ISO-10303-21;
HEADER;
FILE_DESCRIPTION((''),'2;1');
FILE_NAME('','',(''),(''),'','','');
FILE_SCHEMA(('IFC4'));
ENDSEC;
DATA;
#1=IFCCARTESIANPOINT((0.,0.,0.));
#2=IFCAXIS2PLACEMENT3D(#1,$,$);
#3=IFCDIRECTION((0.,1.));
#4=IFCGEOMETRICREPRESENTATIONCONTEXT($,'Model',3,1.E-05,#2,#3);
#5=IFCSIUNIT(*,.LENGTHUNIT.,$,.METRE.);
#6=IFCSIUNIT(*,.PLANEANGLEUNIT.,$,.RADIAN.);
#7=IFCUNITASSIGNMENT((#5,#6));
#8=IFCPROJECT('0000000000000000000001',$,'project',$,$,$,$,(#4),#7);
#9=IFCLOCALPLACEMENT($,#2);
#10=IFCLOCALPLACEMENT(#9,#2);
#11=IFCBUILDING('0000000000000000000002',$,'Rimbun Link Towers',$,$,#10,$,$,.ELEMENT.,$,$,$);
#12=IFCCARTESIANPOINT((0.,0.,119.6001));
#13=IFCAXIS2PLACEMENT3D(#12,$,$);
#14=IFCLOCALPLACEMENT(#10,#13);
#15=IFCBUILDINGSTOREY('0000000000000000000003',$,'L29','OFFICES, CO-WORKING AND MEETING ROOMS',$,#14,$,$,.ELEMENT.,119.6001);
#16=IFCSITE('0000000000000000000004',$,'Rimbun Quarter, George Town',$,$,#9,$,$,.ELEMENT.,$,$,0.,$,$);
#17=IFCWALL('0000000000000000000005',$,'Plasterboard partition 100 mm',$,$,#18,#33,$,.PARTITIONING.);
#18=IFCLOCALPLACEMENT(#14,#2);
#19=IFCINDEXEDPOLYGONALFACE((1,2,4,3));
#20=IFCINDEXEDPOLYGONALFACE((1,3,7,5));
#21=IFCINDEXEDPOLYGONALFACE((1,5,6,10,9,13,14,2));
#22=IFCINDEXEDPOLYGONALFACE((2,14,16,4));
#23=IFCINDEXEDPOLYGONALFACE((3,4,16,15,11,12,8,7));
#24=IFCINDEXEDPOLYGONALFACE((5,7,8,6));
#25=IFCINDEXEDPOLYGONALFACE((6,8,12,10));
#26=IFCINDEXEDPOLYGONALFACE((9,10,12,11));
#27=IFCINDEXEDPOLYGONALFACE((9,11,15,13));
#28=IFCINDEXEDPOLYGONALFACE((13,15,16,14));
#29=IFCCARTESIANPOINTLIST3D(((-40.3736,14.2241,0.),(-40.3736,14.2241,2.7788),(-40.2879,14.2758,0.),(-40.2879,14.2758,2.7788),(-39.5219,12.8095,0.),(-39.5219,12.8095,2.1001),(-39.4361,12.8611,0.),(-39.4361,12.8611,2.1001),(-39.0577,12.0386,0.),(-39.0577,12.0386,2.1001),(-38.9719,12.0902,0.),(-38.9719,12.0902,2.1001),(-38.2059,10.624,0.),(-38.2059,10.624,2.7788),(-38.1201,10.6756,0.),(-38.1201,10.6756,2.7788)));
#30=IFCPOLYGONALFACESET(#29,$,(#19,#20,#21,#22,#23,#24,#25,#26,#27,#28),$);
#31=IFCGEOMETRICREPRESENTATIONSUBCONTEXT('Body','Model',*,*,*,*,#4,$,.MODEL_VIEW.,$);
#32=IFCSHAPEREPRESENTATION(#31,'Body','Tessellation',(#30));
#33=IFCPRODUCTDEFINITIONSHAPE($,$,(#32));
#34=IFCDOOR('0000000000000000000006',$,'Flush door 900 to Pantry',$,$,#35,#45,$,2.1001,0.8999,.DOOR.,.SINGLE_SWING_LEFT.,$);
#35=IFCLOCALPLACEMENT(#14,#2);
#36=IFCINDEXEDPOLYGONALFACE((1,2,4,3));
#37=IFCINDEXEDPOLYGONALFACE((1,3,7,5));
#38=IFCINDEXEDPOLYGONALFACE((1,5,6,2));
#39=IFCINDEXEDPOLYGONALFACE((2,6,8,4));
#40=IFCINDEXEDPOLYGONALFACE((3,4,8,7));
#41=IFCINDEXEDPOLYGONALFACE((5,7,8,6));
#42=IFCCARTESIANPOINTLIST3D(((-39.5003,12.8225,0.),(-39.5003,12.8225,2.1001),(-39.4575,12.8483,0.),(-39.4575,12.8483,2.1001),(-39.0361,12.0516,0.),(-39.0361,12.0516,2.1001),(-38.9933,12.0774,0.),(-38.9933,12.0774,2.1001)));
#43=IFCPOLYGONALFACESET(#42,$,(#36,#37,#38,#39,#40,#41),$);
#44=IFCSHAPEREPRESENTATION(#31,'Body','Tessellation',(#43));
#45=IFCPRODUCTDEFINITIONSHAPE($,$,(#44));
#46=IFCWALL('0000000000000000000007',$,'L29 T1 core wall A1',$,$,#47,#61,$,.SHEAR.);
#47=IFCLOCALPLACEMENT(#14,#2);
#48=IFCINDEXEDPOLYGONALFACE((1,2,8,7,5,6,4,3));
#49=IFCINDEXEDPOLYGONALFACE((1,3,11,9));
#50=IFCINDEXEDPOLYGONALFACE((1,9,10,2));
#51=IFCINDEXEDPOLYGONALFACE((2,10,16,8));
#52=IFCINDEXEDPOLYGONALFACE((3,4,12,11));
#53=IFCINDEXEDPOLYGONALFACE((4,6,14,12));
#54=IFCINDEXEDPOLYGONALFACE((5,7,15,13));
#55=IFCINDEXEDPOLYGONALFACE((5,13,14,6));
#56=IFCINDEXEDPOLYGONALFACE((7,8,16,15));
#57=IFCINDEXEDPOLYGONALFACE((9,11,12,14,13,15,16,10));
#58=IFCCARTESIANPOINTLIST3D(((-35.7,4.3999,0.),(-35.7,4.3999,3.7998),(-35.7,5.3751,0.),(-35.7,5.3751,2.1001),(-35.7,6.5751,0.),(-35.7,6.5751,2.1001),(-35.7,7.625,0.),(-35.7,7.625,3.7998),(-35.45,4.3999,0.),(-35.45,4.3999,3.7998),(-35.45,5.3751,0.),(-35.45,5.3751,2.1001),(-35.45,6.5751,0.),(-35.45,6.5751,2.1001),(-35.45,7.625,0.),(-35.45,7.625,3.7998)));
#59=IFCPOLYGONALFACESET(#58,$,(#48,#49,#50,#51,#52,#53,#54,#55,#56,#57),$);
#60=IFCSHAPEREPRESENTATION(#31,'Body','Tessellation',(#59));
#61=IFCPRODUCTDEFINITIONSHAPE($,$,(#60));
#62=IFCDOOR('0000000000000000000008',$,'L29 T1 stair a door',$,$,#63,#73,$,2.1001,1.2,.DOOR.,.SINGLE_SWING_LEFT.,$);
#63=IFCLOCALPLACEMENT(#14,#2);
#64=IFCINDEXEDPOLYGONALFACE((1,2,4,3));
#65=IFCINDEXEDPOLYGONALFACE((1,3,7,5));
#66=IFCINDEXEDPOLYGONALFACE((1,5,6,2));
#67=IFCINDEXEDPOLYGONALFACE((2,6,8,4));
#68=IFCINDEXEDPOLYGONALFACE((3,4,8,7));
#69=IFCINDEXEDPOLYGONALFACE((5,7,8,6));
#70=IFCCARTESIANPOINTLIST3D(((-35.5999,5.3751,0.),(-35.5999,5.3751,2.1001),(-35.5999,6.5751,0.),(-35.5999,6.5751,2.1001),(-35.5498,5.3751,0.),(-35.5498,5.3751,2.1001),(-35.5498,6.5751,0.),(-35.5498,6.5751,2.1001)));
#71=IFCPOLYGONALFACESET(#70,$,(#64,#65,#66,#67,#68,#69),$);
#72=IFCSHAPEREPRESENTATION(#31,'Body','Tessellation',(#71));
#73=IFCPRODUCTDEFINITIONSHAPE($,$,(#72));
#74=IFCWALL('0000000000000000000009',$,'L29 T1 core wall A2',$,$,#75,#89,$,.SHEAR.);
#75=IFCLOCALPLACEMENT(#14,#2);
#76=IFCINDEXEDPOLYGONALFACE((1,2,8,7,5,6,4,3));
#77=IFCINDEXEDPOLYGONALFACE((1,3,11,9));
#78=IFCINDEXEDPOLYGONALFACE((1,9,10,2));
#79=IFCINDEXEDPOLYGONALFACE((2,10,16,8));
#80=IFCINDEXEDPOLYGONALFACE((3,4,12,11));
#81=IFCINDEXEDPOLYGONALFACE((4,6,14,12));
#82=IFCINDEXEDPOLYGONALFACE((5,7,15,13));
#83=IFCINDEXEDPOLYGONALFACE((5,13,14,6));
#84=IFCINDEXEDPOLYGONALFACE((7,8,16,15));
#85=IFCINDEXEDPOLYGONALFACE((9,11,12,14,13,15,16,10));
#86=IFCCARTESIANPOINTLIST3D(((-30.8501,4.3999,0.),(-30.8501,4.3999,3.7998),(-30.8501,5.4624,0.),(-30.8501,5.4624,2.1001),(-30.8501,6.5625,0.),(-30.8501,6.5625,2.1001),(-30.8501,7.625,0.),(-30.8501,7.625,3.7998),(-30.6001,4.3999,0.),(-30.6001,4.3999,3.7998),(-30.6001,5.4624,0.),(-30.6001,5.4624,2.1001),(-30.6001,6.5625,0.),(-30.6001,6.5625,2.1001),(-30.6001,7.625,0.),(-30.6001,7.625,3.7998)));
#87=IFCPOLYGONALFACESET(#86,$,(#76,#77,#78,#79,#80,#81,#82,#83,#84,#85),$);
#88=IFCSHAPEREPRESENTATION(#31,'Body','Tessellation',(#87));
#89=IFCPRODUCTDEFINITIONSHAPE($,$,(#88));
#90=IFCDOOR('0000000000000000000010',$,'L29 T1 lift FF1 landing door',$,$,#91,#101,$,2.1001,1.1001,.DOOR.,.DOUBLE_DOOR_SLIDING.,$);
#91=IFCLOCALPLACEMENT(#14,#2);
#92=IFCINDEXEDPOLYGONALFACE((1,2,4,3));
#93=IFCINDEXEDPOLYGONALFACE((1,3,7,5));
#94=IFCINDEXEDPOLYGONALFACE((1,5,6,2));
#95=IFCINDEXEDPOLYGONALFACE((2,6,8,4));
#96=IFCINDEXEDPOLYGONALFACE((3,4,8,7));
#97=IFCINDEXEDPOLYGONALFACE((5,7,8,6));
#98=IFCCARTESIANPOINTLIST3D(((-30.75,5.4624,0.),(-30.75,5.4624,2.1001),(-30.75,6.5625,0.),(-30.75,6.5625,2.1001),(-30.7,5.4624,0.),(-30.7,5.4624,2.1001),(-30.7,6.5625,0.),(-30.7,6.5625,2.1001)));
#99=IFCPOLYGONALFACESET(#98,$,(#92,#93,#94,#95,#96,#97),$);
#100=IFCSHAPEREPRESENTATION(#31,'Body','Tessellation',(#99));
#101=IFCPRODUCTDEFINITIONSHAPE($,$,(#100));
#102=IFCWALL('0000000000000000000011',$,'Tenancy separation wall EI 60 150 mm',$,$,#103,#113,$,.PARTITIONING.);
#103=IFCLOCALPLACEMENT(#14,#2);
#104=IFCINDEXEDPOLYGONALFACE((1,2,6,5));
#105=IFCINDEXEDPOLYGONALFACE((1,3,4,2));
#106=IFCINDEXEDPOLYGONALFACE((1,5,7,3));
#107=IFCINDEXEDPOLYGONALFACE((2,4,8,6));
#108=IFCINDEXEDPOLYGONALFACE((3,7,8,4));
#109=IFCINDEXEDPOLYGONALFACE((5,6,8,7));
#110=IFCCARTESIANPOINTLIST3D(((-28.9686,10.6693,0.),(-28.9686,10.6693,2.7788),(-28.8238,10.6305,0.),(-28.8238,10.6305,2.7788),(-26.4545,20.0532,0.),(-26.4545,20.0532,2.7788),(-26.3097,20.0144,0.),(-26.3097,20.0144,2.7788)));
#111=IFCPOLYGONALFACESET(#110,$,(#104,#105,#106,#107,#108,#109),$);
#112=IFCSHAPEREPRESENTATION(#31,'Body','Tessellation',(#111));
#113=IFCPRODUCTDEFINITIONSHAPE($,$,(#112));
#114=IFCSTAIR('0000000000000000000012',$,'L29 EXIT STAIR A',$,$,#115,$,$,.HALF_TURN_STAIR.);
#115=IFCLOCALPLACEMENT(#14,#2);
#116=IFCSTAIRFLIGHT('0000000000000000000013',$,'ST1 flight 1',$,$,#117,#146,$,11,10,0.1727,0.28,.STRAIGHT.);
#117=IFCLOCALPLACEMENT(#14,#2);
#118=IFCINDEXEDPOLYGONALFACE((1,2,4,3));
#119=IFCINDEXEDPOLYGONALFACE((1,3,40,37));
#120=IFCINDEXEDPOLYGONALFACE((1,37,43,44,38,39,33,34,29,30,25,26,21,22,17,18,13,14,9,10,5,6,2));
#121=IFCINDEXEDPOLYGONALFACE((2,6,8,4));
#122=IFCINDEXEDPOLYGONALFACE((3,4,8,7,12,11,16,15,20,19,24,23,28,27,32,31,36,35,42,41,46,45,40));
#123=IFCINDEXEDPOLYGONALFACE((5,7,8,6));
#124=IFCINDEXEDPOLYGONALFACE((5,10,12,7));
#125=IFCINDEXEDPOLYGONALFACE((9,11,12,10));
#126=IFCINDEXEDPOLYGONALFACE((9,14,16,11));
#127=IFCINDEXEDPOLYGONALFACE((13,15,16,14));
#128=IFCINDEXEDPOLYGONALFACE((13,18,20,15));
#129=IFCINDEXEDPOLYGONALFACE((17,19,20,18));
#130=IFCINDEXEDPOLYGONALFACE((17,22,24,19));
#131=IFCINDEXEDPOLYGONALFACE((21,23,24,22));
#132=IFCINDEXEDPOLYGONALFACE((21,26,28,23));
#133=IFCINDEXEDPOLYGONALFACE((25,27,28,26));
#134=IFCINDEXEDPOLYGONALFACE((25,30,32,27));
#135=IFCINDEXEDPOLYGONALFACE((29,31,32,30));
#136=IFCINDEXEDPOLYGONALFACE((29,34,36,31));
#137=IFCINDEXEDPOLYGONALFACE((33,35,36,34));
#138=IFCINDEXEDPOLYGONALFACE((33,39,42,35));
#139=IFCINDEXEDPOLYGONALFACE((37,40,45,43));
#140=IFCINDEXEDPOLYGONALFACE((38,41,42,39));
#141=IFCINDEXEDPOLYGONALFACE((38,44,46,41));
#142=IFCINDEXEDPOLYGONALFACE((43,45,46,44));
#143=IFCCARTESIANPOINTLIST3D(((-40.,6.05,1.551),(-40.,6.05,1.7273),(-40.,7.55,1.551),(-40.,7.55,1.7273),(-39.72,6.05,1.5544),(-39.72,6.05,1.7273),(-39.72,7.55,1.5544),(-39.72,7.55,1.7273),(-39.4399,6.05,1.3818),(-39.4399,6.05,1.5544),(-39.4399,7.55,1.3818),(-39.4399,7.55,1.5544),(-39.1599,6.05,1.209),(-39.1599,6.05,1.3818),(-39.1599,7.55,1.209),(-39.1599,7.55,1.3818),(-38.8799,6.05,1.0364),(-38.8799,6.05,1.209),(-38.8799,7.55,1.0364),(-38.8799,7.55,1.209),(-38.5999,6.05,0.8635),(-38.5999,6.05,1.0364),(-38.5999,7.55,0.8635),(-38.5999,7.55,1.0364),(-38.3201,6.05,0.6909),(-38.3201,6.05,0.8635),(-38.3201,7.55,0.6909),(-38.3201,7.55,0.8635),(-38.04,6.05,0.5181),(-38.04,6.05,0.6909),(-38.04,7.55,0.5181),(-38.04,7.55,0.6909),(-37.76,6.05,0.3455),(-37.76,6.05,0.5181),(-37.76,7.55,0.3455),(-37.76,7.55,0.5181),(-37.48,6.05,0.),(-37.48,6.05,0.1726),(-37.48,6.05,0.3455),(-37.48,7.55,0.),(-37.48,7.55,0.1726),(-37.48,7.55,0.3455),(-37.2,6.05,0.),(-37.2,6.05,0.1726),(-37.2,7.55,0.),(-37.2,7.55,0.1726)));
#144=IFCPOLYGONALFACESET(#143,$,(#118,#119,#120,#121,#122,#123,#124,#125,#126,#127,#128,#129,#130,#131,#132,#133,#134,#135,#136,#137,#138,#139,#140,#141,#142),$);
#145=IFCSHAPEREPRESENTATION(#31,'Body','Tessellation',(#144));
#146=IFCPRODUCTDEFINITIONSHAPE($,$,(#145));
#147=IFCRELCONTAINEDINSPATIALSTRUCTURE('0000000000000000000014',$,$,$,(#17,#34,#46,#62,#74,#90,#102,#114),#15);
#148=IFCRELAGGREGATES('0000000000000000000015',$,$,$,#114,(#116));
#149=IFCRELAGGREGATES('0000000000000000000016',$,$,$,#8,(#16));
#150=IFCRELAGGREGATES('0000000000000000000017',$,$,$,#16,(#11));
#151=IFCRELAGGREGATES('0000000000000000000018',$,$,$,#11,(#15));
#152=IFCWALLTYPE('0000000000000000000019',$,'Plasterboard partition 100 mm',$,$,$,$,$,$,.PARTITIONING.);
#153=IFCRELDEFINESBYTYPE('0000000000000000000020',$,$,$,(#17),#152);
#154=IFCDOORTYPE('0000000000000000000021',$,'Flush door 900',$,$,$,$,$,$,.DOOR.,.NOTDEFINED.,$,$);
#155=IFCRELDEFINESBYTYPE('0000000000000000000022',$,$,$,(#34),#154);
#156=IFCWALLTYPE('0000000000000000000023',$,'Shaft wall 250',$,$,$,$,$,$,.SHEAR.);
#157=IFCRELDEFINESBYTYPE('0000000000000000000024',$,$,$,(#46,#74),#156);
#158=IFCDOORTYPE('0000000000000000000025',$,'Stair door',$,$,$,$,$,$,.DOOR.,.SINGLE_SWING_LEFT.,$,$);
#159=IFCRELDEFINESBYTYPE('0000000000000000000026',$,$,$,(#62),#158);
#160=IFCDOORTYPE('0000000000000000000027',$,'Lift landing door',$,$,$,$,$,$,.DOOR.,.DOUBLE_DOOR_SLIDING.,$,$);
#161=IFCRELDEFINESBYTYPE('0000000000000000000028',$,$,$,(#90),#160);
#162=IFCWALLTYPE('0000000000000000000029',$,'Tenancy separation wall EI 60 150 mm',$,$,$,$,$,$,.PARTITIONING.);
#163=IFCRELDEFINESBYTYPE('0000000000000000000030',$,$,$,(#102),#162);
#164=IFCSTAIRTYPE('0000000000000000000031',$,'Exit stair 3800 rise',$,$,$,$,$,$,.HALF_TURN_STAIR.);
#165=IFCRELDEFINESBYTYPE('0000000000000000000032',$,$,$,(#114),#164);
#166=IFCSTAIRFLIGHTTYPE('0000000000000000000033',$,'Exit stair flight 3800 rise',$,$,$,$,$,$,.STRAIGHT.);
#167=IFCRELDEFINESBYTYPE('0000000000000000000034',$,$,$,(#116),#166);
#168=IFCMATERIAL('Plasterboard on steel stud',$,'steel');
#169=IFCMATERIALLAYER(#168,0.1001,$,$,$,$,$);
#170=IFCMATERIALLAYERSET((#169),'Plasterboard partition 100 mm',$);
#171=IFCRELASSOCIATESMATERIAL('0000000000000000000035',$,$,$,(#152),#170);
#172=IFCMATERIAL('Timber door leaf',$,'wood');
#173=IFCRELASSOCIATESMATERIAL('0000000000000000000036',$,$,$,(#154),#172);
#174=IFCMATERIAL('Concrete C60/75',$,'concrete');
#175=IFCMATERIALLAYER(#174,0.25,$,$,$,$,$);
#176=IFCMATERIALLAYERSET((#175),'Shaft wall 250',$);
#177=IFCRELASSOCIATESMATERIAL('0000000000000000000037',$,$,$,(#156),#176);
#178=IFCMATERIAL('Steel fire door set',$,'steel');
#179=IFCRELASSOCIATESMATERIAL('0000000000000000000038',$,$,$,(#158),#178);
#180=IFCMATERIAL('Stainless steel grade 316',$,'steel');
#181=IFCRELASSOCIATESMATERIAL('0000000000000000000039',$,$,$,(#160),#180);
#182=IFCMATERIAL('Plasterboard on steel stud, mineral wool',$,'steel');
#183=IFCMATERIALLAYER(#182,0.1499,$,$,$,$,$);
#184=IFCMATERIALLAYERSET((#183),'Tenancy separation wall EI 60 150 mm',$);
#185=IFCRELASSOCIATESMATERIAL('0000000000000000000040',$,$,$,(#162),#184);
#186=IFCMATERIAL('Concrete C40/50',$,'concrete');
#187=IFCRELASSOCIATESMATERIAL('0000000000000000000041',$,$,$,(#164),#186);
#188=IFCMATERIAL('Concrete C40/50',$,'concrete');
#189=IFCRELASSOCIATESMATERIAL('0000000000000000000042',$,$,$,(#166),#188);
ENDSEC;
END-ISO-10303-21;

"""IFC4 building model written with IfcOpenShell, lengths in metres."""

from ifc_helpers import new_model, si_unit, direction, frame, frame_2d, origin, place, context, subcontext, project, spatial, polyline, rectangle, outline, extrude, material, layer, layer_set, type_object, element, fill, aggregate, save


model = new_model("IFC4")

# Units and contexts
model_context = context("Model", 3, precision=1e-05, world=origin(), true_north=direction((0.0, 1.0)))
body_context = subcontext(model_context, "Body", "Model", "MODEL_VIEW")
ifc_project = project(units=[si_unit("LENGTHUNIT", "METRE"), si_unit("PLANEANGLEUNIT", "RADIAN")], contexts=[model_context])

# Site, building, storey
site_placement = place(None, origin())
site = spatial("IfcSite", under=ifc_project, at=site_placement, Name="Rimbun Quarter, George Town", CompositionType="ELEMENT", RefElevation=0.0)
building_placement = place(site_placement, origin())
building = spatial("IfcBuilding", under=site, at=building_placement, Name="Rimbun Link Towers", CompositionType="ELEMENT")
storey_placement = place(building_placement, frame((0.0, 0.0, 119.6001)))
storey = spatial("IfcBuildingStorey", under=building, at=storey_placement, Name="L29", Description="OFFICES, CO-WORKING AND MEETING ROOMS", CompositionType="ELEMENT", Elevation=119.6001)

# Walls, openings, doors
ifc_material_1 = material(Name="Plasterboard on steel stud", Category="steel")
ifc_layer_1 = layer(ifc_material_1, 0.1001)
ifc_layer_set_1 = layer_set([ifc_layer_1], Name="Plasterboard partition 100 mm")
wall_type_1 = type_object("IfcWallType", Name="Plasterboard partition 100 mm", PredefinedType="PARTITIONING", material=ifc_layer_set_1)
ifc_material_2 = material(Name="Timber door leaf", Category="wood")
door_type_1 = type_object("IfcDoorType", Name="Flush door 900", OperationType="NOTDEFINED", PredefinedType="DOOR", material=ifc_material_2)
wall_1_placement = place(storey_placement, frame((-38.1631, 10.6499, 0.0), z_axis=(0.0, 0.0, 1.0), x_axis=(-0.515836, 0.856687, 0.0)))
wall_1 = element("IfcWall", 1, at=wall_1_placement, inside=storey, type_object=wall_type_1, Name="Plasterboard partition 100 mm", PredefinedType="PARTITIONING", context=body_context, shape_type="SweptSolid", body=[
    extrude(rectangle(XDim=4.2024, YDim=0.1001, at=frame_2d((2.1011, 0.0))), origin(), (0.0, 0.0, 1.0), 2.7788),
])
opening_1_placement = place(wall_1_placement, frame((1.6511, 0.0, 0.0)))
opening_1 = element("IfcOpeningElement", 2, at=opening_1_placement, cuts=wall_1, PredefinedType="OPENING", context=body_context, shape_type="SweptSolid", body=[
    extrude(rectangle(XDim=0.8999, YDim=2.1001, at=frame_2d((0.45, 1.05))), frame((0.0, 0.0601, 0.0), z_axis=(0.0, -1.0, 0.0), x_axis=(1.0, 0.0, 0.0)), (0.0, 0.0, 1.0), 0.1201),
])
door_1_placement = place(opening_1_placement, origin())
door_1 = element("IfcDoor", 3, at=door_1_placement, inside=storey, type_object=door_type_1, Name="Flush door 900 to Pantry", OperationType="SINGLE_SWING_LEFT", OverallHeight=2.1001, OverallWidth=0.8999, PredefinedType="DOOR", context=body_context, shape_type="SweptSolid", body=[
    extrude(rectangle(XDim=0.8999, YDim=2.1001, at=frame_2d((0.45, 1.05))), frame((0.0, 0.0249, 0.0), z_axis=(0.0, -1.0, 0.0), x_axis=(1.0, 0.0, 0.0)), (0.0, 0.0, 1.0), 0.05),
])
fill(opening_1, door_1)
ifc_material_3 = material(Name="Concrete C60/75", Category="concrete")
ifc_layer_2 = layer(ifc_material_3, 0.25)
ifc_layer_set_2 = layer_set([ifc_layer_2], Name="Shaft wall 250")
wall_type_2 = type_object("IfcWallType", Name="Shaft wall 250", PredefinedType="SHEAR", material=ifc_layer_set_2)
wall_2_placement = place(storey_placement, frame((-35.575, 4.3999, 0.0), z_axis=(0.0, 0.0, 1.0), x_axis=(0.0, 1.0, 0.0)))
wall_2 = element("IfcWall", 4, at=wall_2_placement, inside=storey, type_object=wall_type_2, Name="L29 T1 core wall A1", PredefinedType="SHEAR", context=body_context, shape_type="SweptSolid", body=[
    extrude(rectangle(XDim=3.2251, YDim=0.25, at=frame_2d((1.6125, 0.0))), origin(), (0.0, 0.0, 1.0), 3.7998),
])
opening_2_placement = place(wall_2_placement, frame((0.9751, 0.0, 0.0)))
opening_2 = element("IfcOpeningElement", 5, at=opening_2_placement, cuts=wall_2, PredefinedType="OPENING", context=body_context, shape_type="SweptSolid", body=[
    extrude(rectangle(XDim=1.2, YDim=2.1001, at=frame_2d((0.6001, 1.05))), frame((0.0, 0.135, 0.0), z_axis=(0.0, -1.0, 0.0), x_axis=(1.0, 0.0, 0.0)), (0.0, 0.0, 1.0), 0.27),
])
ifc_material_4 = material(Name="Steel fire door set", Category="steel")
door_type_2 = type_object("IfcDoorType", Name="Stair door", OperationType="SINGLE_SWING_LEFT", PredefinedType="DOOR", material=ifc_material_4)
door_2_placement = place(opening_2_placement, origin())
door_2 = element("IfcDoor", 6, at=door_2_placement, inside=storey, type_object=door_type_2, Name="L29 T1 stair a door", OperationType="SINGLE_SWING_LEFT", OverallHeight=2.1001, OverallWidth=1.2, PredefinedType="DOOR", context=body_context, shape_type="SweptSolid", body=[
    extrude(rectangle(XDim=1.2, YDim=2.1001, at=frame_2d((0.6001, 1.05))), frame((0.0, 0.0249, 0.0), z_axis=(0.0, -1.0, 0.0), x_axis=(1.0, 0.0, 0.0)), (0.0, 0.0, 1.0), 0.05),
])
fill(opening_2, door_2)
wall_3_placement = place(storey_placement, frame((-30.7251, 4.3999, 0.0), z_axis=(0.0, 0.0, 1.0), x_axis=(0.0, 1.0, 0.0)))
wall_3 = element("IfcWall", 7, at=wall_3_placement, inside=storey, type_object=wall_type_2, Name="L29 T1 core wall A2", PredefinedType="SHEAR", context=body_context, shape_type="SweptSolid", body=[
    extrude(rectangle(XDim=3.2251, YDim=0.25, at=frame_2d((1.6125, 0.0))), origin(), (0.0, 0.0, 1.0), 3.7998),
])
opening_3_placement = place(wall_3_placement, frame((1.0625, 0.0, 0.0)))
opening_3 = element("IfcOpeningElement", 8, at=opening_3_placement, cuts=wall_3, PredefinedType="OPENING", context=body_context, shape_type="SweptSolid", body=[
    extrude(rectangle(XDim=1.1001, YDim=2.1001, at=frame_2d((0.55, 1.05))), frame((0.0, 0.135, 0.0), z_axis=(0.0, -1.0, 0.0), x_axis=(1.0, 0.0, 0.0)), (0.0, 0.0, 1.0), 0.27),
])
ifc_material_5 = material(Name="Stainless steel grade 316", Category="steel")
door_type_3 = type_object("IfcDoorType", Name="Lift landing door", OperationType="DOUBLE_DOOR_SLIDING", PredefinedType="DOOR", material=ifc_material_5)
door_3_placement = place(opening_3_placement, origin())
door_3 = element("IfcDoor", 9, at=door_3_placement, inside=storey, type_object=door_type_3, Name="L29 T1 lift FF1 landing door", OperationType="DOUBLE_DOOR_SLIDING", OverallHeight=2.1001, OverallWidth=1.1001, PredefinedType="DOOR", context=body_context, shape_type="SweptSolid", body=[
    extrude(rectangle(XDim=1.1001, YDim=2.1001, at=frame_2d((0.55, 1.05))), frame((0.0, 0.0249, 0.0), z_axis=(0.0, -1.0, 0.0), x_axis=(1.0, 0.0, 0.0)), (0.0, 0.0, 1.0), 0.05),
])
fill(opening_3, door_3)

# Wall
ifc_material_6 = material(Name="Plasterboard on steel stud, mineral wool", Category="steel")
ifc_layer_3 = layer(ifc_material_6, 0.1499)
ifc_layer_set_3 = layer_set([ifc_layer_3], Name="Tenancy separation wall EI 60 150 mm")
wall_type_3 = type_object("IfcWallType", Name="Tenancy separation wall EI 60 150 mm", PredefinedType="PARTITIONING", material=ifc_layer_set_3)
wall_4_placement = place(storey_placement, frame((-28.8962, 10.6499, 0.0), z_axis=(0.0, 0.0, 1.0), x_axis=(0.258798, 0.965931, 0.0)))
element("IfcWall", 10, at=wall_4_placement, inside=storey, type_object=wall_type_3, Name="Tenancy separation wall EI 60 150 mm", PredefinedType="PARTITIONING", context=body_context, shape_type="SweptSolid", body=[
    extrude(rectangle(XDim=9.7148, YDim=0.1499, at=frame_2d((4.8574, 0.0))), origin(), (0.0, 0.0, 1.0), 2.7788),
])

# Stair, stair flight
ifc_material_7 = material(Name="Concrete C40/50", Category="concrete")
stair_type = type_object("IfcStairType", Name="Exit stair 3800 rise", PredefinedType="HALF_TURN_STAIR", material=ifc_material_7)
stair_placement = place(storey_placement, origin())
stair = element("IfcStair", 11, at=stair_placement, inside=storey, type_object=stair_type, Name="L29 EXIT STAIR A", PredefinedType="HALF_TURN_STAIR")
ifc_material_8 = material(Name="Concrete C40/50", Category="concrete")
stair_flight_type = type_object("IfcStairFlightType", Name="Exit stair flight 3800 rise", PredefinedType="STRAIGHT", material=ifc_material_8)
stair_flight_placement = place(storey_placement, frame((-37.2, 6.8, 0.0), z_axis=(0.0, 0.0, 1.0), x_axis=(-1.0, 0.0, 0.0)))
stair_flight = element("IfcStairFlight", 12, at=stair_flight_placement, type_object=stair_flight_type, Name="ST1 flight 1", NumberOfRisers=11, NumberOfTreads=10, PredefinedType="STRAIGHT", RiserHeight=0.1727, TreadLength=0.28, context=body_context, shape_type="SweptSolid", body=[
    extrude(outline(polyline([(0.0, 0.0), (0.0, 0.1726), (0.28, 0.1726), (0.28, 0.3455), (0.5601, 0.3455), (0.5601, 0.5181), (0.8401, 0.5181), (0.8401, 0.6909), (1.1201, 0.6909), (1.1201, 0.8635), (1.3999, 0.8635), (1.3999, 1.0364), (1.6799, 1.0364), (1.6799, 1.209), (1.96, 1.209), (1.96, 1.3818), (2.24, 1.3818), (2.24, 1.5544), (2.52, 1.5544), (2.52, 1.7273), (2.8, 1.7273), (2.8, 1.8999), (2.8, 1.551), (0.28, 0.0), (0.0, 0.0)])), frame((0.0, 0.75, 0.0), z_axis=(0.0, -1.0, 0.0), x_axis=(1.0, 0.0, 0.0)), (0.0, 0.0, 1.0), 1.5),
])
aggregate(stair, [stair_flight])

save(model, "model.ifc")
